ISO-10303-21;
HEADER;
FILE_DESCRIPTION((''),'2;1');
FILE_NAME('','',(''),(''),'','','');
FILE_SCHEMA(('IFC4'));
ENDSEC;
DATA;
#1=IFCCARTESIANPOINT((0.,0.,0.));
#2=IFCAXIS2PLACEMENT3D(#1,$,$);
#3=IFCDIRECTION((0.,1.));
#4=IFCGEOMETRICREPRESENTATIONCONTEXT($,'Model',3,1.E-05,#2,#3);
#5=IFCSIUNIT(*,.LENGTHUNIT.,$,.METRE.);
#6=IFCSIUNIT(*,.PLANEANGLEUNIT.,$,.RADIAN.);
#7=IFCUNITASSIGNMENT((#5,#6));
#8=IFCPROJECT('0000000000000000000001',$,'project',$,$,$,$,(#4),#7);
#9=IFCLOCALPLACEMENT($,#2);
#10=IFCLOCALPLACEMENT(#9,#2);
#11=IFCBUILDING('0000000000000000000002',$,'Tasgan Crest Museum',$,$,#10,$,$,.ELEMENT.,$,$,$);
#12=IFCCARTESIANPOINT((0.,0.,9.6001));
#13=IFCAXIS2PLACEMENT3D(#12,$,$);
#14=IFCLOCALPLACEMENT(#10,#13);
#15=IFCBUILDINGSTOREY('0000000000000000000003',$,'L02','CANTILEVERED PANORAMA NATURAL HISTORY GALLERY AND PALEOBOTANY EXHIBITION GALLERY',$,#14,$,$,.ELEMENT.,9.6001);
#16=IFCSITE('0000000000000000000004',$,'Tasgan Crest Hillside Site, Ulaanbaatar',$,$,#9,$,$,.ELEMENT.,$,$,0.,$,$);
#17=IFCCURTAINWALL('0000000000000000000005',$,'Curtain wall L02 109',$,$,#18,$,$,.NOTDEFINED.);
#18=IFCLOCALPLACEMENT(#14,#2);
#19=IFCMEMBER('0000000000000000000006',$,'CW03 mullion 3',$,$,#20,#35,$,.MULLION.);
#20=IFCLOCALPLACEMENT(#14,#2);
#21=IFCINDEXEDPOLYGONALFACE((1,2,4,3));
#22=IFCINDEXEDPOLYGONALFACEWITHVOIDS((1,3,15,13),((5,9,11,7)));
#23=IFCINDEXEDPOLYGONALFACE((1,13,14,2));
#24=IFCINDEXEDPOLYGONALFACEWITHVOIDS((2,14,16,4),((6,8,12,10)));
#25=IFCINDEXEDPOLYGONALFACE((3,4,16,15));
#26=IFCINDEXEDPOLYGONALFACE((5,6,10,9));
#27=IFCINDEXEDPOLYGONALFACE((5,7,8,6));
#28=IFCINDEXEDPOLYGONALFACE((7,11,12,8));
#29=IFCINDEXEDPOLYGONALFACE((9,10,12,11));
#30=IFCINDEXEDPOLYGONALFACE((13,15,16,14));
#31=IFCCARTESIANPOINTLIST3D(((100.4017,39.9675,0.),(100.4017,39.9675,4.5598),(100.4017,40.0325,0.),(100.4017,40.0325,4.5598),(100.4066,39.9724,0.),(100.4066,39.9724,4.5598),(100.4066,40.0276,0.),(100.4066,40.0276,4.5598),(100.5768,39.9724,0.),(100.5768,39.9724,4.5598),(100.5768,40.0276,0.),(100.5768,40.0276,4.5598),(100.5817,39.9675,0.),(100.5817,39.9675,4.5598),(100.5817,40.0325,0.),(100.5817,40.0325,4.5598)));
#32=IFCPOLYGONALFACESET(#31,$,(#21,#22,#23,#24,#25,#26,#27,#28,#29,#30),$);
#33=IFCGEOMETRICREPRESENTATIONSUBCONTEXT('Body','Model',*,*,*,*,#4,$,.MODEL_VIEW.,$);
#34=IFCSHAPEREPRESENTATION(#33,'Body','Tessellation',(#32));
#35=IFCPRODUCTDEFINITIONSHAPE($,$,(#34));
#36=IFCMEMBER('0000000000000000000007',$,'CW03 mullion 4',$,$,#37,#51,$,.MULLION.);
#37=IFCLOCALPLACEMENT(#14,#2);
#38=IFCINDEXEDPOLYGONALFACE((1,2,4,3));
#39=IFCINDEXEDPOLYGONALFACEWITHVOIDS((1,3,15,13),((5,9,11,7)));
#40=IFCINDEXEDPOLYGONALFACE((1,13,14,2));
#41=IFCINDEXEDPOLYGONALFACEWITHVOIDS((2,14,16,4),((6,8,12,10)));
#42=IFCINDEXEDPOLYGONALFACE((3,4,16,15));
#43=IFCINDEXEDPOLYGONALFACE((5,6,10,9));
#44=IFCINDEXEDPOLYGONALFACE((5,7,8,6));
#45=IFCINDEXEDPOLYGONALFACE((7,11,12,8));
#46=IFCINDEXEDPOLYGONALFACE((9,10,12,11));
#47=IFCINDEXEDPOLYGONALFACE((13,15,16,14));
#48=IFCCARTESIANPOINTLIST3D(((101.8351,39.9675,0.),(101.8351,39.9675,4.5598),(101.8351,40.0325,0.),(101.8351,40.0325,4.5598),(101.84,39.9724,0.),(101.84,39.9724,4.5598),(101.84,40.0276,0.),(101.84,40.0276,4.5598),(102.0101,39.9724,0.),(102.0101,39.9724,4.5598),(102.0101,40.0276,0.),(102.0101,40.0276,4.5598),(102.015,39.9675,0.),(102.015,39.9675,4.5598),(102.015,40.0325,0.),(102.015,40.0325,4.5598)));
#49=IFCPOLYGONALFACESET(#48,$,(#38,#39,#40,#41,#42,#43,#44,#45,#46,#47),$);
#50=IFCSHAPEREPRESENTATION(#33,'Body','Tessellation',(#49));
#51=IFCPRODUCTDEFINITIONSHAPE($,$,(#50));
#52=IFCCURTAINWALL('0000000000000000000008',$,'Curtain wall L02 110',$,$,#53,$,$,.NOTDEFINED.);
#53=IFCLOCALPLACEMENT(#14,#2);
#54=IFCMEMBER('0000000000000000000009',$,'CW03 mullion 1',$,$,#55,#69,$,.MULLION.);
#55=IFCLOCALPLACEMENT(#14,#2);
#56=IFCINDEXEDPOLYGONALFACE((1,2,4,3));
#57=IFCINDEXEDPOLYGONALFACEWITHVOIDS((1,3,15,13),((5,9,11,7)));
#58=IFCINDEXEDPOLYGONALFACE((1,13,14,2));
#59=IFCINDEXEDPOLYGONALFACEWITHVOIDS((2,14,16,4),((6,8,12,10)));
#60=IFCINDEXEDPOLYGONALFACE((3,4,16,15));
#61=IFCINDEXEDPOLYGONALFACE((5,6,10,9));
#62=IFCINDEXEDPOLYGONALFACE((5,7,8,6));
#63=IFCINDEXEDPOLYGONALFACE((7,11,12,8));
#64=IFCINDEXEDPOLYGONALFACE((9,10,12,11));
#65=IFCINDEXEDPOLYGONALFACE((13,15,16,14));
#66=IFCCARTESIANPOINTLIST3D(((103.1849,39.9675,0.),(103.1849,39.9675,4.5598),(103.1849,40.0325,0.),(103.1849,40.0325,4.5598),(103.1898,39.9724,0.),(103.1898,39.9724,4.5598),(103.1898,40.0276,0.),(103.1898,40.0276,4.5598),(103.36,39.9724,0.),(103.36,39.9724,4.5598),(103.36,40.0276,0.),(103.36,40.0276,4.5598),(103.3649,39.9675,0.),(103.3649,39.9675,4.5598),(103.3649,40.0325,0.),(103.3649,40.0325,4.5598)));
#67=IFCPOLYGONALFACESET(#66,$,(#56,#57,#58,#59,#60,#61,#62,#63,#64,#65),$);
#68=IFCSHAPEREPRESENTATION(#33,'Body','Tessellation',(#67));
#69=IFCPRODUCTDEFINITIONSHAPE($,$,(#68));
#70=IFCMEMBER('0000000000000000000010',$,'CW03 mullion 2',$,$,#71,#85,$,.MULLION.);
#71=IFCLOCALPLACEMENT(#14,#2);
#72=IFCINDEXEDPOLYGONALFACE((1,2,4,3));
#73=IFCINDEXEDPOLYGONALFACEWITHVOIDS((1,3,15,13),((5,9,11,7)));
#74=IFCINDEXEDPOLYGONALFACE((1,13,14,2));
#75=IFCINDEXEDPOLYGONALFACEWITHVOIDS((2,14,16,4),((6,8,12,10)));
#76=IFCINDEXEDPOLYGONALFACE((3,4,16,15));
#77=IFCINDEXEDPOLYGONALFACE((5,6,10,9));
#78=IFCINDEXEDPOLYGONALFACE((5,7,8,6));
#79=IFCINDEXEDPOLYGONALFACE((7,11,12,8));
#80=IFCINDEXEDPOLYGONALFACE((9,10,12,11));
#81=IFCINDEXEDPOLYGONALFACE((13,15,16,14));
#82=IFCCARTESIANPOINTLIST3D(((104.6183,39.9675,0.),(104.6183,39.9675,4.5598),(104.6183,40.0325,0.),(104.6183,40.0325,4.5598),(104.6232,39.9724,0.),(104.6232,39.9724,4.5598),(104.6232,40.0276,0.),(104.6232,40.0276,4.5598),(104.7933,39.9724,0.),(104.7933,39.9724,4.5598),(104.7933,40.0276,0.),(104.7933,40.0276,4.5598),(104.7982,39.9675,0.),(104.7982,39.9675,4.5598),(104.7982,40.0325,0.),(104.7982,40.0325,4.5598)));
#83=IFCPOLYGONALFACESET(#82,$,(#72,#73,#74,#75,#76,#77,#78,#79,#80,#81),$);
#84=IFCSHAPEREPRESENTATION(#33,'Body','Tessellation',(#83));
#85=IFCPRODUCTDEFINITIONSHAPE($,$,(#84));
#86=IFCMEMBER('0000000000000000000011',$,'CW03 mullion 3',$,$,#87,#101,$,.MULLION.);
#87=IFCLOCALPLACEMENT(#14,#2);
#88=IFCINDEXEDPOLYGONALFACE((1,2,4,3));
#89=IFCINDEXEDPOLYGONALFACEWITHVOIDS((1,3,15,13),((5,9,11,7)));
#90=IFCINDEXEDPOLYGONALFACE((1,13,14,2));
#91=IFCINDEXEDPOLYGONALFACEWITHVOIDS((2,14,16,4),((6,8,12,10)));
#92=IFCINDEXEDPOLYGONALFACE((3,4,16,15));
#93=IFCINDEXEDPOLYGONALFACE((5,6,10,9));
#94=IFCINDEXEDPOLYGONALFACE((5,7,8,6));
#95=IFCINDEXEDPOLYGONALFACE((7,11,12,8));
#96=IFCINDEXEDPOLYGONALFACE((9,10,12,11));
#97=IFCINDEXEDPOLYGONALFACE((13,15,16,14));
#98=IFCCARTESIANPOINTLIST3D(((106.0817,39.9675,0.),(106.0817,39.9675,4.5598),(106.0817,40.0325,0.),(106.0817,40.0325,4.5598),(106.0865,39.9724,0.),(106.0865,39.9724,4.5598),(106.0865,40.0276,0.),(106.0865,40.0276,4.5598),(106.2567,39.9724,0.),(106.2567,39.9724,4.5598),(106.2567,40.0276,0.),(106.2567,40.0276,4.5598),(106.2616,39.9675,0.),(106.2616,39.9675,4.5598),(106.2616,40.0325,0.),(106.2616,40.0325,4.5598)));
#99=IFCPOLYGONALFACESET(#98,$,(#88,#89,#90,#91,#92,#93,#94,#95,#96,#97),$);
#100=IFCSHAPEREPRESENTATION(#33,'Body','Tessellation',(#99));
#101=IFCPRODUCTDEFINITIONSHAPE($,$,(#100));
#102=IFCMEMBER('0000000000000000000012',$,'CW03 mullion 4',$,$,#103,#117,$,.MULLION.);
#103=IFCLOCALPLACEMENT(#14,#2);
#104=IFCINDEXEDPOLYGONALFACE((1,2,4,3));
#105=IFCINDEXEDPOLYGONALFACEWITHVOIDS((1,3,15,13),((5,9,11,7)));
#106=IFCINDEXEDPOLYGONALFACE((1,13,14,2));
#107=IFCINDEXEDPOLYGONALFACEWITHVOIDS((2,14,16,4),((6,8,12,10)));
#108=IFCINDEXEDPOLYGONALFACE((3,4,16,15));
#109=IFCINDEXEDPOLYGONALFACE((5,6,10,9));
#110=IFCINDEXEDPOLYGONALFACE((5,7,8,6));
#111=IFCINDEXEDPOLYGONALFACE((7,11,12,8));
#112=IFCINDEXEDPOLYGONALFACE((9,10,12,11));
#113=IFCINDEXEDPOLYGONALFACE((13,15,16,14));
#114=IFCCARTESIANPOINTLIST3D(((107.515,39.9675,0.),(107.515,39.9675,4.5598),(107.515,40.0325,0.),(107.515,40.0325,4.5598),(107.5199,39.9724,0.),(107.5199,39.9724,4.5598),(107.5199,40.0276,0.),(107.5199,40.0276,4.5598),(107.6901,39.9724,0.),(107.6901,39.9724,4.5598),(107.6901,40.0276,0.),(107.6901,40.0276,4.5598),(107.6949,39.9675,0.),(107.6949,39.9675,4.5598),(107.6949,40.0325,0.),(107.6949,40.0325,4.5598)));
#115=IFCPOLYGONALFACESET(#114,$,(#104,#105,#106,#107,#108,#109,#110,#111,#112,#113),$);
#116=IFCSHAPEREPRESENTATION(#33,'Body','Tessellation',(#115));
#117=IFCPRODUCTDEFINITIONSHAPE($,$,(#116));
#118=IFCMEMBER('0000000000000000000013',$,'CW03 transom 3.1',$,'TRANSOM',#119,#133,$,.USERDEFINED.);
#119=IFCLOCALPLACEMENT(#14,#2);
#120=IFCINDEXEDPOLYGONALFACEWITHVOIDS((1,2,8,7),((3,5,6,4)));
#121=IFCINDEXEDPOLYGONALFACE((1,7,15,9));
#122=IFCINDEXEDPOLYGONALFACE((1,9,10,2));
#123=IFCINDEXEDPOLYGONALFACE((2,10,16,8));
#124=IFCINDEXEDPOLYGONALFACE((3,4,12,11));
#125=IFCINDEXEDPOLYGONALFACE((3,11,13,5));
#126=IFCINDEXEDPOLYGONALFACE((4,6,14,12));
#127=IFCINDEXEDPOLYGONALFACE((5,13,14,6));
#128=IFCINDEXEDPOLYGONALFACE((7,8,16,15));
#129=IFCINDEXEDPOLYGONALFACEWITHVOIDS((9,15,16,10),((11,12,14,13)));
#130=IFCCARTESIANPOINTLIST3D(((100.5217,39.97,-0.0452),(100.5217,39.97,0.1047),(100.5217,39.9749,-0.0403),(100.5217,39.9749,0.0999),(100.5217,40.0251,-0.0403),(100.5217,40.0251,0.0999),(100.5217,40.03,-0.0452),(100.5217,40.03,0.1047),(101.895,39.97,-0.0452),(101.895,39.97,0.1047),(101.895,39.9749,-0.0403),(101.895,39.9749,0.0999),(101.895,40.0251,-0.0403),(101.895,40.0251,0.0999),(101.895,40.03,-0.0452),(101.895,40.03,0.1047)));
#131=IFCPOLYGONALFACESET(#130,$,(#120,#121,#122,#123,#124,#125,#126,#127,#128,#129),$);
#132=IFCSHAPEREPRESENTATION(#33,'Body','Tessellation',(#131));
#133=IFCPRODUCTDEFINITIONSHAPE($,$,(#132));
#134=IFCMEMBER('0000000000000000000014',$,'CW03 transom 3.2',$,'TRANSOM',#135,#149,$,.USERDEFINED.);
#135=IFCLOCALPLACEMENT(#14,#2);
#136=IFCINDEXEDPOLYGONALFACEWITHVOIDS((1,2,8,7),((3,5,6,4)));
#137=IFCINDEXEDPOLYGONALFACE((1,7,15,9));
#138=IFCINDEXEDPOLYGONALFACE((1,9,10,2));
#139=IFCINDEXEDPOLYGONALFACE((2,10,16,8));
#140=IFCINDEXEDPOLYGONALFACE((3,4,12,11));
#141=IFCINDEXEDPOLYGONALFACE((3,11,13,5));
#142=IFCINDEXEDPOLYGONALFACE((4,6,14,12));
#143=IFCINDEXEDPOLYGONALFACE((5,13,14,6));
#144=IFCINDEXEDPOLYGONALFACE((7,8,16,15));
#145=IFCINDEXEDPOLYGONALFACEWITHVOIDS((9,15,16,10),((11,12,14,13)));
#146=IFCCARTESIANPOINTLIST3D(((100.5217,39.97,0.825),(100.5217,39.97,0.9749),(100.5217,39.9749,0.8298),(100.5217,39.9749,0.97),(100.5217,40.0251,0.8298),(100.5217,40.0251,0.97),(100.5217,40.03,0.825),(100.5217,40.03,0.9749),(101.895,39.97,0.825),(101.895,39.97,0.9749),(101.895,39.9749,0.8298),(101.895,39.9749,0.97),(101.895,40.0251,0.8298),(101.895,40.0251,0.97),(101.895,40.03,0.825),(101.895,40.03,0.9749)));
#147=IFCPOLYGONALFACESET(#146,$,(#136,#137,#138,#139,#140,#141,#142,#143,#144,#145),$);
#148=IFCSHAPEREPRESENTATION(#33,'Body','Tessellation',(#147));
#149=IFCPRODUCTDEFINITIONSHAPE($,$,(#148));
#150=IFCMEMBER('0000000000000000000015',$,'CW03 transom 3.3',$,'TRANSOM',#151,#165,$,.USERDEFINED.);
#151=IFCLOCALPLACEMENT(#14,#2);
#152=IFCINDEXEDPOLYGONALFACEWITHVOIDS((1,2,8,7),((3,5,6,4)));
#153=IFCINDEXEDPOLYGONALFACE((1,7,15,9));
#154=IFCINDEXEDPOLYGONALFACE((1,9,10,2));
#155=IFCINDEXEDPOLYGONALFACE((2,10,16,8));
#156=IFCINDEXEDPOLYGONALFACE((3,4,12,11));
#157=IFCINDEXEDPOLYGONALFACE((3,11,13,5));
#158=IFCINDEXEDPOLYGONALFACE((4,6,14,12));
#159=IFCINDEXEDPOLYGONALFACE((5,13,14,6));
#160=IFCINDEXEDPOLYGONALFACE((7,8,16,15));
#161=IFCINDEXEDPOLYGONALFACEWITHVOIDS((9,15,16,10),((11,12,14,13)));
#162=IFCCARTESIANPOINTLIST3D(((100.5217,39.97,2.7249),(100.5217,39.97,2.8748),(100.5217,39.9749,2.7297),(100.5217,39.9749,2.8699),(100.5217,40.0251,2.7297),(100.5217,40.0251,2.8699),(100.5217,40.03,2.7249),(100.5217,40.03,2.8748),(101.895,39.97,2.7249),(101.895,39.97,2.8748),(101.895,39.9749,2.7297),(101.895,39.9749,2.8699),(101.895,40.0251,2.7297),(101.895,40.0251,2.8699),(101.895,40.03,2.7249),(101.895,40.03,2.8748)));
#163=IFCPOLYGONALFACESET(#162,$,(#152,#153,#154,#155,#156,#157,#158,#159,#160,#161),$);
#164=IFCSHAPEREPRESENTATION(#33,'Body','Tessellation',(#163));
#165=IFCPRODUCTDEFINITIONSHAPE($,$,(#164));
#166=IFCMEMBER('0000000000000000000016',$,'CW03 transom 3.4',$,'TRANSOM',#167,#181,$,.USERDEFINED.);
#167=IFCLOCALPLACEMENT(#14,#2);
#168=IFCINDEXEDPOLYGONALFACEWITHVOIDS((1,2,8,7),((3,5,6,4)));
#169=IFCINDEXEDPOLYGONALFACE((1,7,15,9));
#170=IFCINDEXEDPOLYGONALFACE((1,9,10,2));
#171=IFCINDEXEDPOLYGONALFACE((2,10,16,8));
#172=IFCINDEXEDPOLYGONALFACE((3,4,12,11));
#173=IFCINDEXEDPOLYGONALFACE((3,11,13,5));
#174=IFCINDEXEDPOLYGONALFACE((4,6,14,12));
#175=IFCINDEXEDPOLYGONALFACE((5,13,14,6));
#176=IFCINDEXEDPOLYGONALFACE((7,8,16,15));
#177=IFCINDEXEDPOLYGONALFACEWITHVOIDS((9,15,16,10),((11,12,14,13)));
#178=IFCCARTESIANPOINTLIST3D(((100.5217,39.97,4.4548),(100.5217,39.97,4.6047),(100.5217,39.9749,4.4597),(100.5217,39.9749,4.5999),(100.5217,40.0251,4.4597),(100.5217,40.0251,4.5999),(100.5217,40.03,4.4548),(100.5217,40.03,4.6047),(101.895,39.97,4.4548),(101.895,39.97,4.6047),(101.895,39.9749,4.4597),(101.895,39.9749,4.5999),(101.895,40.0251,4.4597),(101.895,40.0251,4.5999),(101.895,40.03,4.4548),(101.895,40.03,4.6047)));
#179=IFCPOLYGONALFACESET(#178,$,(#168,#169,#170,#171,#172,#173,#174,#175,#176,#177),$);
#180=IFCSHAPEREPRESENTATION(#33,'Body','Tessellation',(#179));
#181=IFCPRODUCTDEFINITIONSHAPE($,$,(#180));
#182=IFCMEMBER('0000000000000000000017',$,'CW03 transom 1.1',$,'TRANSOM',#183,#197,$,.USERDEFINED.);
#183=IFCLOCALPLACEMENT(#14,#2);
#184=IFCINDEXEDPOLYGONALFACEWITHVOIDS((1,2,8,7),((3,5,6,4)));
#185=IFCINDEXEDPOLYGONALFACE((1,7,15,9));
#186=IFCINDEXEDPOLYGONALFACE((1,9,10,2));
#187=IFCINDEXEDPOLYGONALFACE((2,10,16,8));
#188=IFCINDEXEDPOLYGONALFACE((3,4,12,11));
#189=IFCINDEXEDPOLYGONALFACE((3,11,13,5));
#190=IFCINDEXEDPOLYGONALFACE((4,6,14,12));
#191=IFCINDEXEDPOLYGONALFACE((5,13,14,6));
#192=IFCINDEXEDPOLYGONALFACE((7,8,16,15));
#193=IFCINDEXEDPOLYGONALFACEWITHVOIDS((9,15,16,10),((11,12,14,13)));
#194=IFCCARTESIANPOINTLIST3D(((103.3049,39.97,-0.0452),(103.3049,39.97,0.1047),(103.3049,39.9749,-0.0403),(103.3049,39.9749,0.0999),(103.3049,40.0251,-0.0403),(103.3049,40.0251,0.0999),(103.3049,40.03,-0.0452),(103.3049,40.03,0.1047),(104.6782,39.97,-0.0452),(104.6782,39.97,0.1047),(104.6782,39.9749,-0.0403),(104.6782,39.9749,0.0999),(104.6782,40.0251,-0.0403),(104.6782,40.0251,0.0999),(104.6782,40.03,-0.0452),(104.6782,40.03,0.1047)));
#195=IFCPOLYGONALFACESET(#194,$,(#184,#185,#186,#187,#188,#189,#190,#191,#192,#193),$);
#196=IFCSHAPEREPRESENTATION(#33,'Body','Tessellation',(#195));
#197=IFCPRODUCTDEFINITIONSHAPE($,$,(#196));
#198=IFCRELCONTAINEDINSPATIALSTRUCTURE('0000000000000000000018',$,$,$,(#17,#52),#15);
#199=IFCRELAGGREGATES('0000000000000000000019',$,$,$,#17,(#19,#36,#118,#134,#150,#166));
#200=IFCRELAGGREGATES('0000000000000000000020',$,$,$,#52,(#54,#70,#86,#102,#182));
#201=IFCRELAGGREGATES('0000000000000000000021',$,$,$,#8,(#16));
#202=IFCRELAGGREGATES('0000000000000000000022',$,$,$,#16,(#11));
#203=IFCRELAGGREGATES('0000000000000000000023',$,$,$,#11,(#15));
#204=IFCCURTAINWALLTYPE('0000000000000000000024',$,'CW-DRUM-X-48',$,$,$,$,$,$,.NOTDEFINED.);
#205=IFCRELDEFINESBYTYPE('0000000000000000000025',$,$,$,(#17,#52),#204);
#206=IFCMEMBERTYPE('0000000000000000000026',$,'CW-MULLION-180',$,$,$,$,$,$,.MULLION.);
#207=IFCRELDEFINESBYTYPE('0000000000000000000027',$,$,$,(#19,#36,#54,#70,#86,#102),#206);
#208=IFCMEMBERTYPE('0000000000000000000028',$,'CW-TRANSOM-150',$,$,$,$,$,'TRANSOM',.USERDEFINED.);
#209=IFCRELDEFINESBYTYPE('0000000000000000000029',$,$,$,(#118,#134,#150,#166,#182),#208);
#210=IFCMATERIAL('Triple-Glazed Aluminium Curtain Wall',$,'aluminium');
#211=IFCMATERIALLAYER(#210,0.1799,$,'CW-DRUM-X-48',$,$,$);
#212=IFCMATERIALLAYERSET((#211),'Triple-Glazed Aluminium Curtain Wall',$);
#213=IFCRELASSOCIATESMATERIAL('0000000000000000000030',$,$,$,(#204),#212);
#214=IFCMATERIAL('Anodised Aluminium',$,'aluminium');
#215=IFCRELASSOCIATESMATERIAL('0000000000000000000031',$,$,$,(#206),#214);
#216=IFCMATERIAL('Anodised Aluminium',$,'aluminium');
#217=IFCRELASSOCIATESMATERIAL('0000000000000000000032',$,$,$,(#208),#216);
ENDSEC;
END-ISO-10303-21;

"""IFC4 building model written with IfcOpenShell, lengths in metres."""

from ifc_helpers import new_model, si_unit, direction, frame, origin, origin_2d, place, context, subcontext, project, spatial, hollow_rectangle, extrude, material, layer, layer_set, material_profile, profile_set, type_object, element, aggregate, save


model = new_model("IFC4")

# Units and contexts
model_context = context("Model", 3, precision=1e-05, world=origin(), true_north=direction((0.0, 1.0)))
body_context = subcontext(model_context, "Body", "Model", "MODEL_VIEW")
ifc_project = project(units=[si_unit("LENGTHUNIT", "METRE"), si_unit("PLANEANGLEUNIT", "RADIAN")], contexts=[model_context])

# Site, building, storey
site_placement = place(None, origin())
site = spatial("IfcSite", under=ifc_project, at=site_placement, Name="Tasgan Crest Hillside Site, Ulaanbaatar", CompositionType="ELEMENT", RefElevation=0.0)
building_placement = place(site_placement, origin())
building = spatial("IfcBuilding", under=site, at=building_placement, Name="Tasgan Crest Museum", CompositionType="ELEMENT")
storey_placement = place(building_placement, frame((0.0, 0.0, 9.6001)))
storey = spatial("IfcBuildingStorey", under=building, at=storey_placement, Name="L02", Description="CANTILEVERED PANORAMA NATURAL HISTORY GALLERY AND PALEOBOTANY EXHIBITION GALLERY", CompositionType="ELEMENT", Elevation=9.6001)

# Curtain walls, members
ifc_material_1 = material(Name="Triple-Glazed Aluminium Curtain Wall", Category="aluminium")
ifc_layer_1 = layer(ifc_material_1, 0.1799, Name="CW-DRUM-X-48")
ifc_layer_set_1 = layer_set([ifc_layer_1], Name="Triple-Glazed Aluminium Curtain Wall")
curtain_wall_type = type_object("IfcCurtainWallType", Name="CW-DRUM-X-48", PredefinedType="NOTDEFINED", material=ifc_layer_set_1)
curtain_wall_1_placement = place(storey_placement, origin())
curtain_wall_1 = element("IfcCurtainWall", 1, at=curtain_wall_1_placement, inside=storey, type_object=curtain_wall_type, Name="Curtain wall L02 109", PredefinedType="NOTDEFINED")
ifc_material_2 = material(Name="Anodised Aluminium", Category="aluminium")
ifc_material_profile_1 = material_profile(ifc_material_2, hollow_rectangle(XDim=0.0649, YDim=0.1799, WallThickness=0.0049, at=origin_2d()), Name="ALU MULLION 180x65x5")
ifc_profile_set_1 = profile_set([ifc_material_profile_1], Name="Anodised Aluminium")
member_type_1 = type_object("IfcMemberType", Name="CW-MULLION-180", PredefinedType="MULLION", material=ifc_profile_set_1)
member_1_placement = place(storey_placement, frame((100.4917, 40.0, 0.0), z_axis=(0.0, 0.0, 1.0), x_axis=(0.0, 1.0, 0.0)))
member_1 = element("IfcMember", 2, at=member_1_placement, type_object=member_type_1, Name="CW03 mullion 3", PredefinedType="MULLION", context=body_context, shape_type="SweptSolid", body=[
    extrude(hollow_rectangle(XDim=0.0649, YDim=0.1799, WallThickness=0.0049, at=origin_2d()), origin(), (0.0, 0.0, 1.0), 4.5598),
])
member_2_placement = place(storey_placement, frame((101.925, 40.0, 0.0), z_axis=(0.0, 0.0, 1.0), x_axis=(0.0, 1.0, 0.0)))
member_2 = element("IfcMember", 3, at=member_2_placement, type_object=member_type_1, Name="CW03 mullion 4", PredefinedType="MULLION", context=body_context, shape_type="SweptSolid", body=[
    extrude(hollow_rectangle(XDim=0.0649, YDim=0.1799, WallThickness=0.0049, at=origin_2d()), origin(), (0.0, 0.0, 1.0), 4.5598),
])
curtain_wall_2_placement = place(storey_placement, origin())
curtain_wall_2 = element("IfcCurtainWall", 4, at=curtain_wall_2_placement, inside=storey, type_object=curtain_wall_type, Name="Curtain wall L02 110", PredefinedType="NOTDEFINED")
member_3_placement = place(storey_placement, frame((103.2749, 40.0, 0.0), z_axis=(0.0, 0.0, 1.0), x_axis=(0.0, 1.0, 0.0)))
member_3 = element("IfcMember", 5, at=member_3_placement, type_object=member_type_1, Name="CW03 mullion 1", PredefinedType="MULLION", context=body_context, shape_type="SweptSolid", body=[
    extrude(hollow_rectangle(XDim=0.0649, YDim=0.1799, WallThickness=0.0049, at=origin_2d()), origin(), (0.0, 0.0, 1.0), 4.5598),
])
member_4_placement = place(storey_placement, frame((104.7083, 40.0, 0.0), z_axis=(0.0, 0.0, 1.0), x_axis=(0.0, 1.0, 0.0)))
member_4 = element("IfcMember", 6, at=member_4_placement, type_object=member_type_1, Name="CW03 mullion 2", PredefinedType="MULLION", context=body_context, shape_type="SweptSolid", body=[
    extrude(hollow_rectangle(XDim=0.0649, YDim=0.1799, WallThickness=0.0049, at=origin_2d()), origin(), (0.0, 0.0, 1.0), 4.5598),
])
member_5_placement = place(storey_placement, frame((106.1716, 40.0, 0.0), z_axis=(0.0, 0.0, 1.0), x_axis=(0.0, 1.0, 0.0)))
member_5 = element("IfcMember", 7, at=member_5_placement, type_object=member_type_1, Name="CW03 mullion 3", PredefinedType="MULLION", context=body_context, shape_type="SweptSolid", body=[
    extrude(hollow_rectangle(XDim=0.0649, YDim=0.1799, WallThickness=0.0049, at=origin_2d()), origin(), (0.0, 0.0, 1.0), 4.5598),
])
member_6_placement = place(storey_placement, frame((107.605, 40.0, 0.0), z_axis=(0.0, 0.0, 1.0), x_axis=(0.0, 1.0, 0.0)))
member_6 = element("IfcMember", 8, at=member_6_placement, type_object=member_type_1, Name="CW03 mullion 4", PredefinedType="MULLION", context=body_context, shape_type="SweptSolid", body=[
    extrude(hollow_rectangle(XDim=0.0649, YDim=0.1799, WallThickness=0.0049, at=origin_2d()), origin(), (0.0, 0.0, 1.0), 4.5598),
])

# Members
ifc_material_3 = material(Name="Anodised Aluminium", Category="aluminium")
ifc_material_profile_2 = material_profile(ifc_material_3, hollow_rectangle(XDim=0.0601, YDim=0.1499, WallThickness=0.0049, at=origin_2d()), Name="ALU TRANSOM 150x60x5")
ifc_profile_set_2 = profile_set([ifc_material_profile_2], Name="Anodised Aluminium")
member_type_2 = type_object("IfcMemberType", Name="CW-TRANSOM-150", ElementType="TRANSOM", PredefinedType="USERDEFINED", material=ifc_profile_set_2)
member_7_placement = place(storey_placement, frame((100.5217, 40.0, 0.0298), z_axis=(1.0, 0.0, 0.0), x_axis=(0.0, 1.0, 0.0)))
member_7 = element("IfcMember", 9, at=member_7_placement, type_object=member_type_2, Name="CW03 transom 3.1", ObjectType="TRANSOM", PredefinedType="USERDEFINED", context=body_context, shape_type="SweptSolid", body=[
    extrude(hollow_rectangle(XDim=0.0601, YDim=0.1499, WallThickness=0.0049, at=origin_2d()), origin(), (0.0, 0.0, 1.0), 1.3733),
])
member_8_placement = place(storey_placement, frame((100.5217, 40.0, 0.8999), z_axis=(1.0, 0.0, 0.0), x_axis=(0.0, 1.0, 0.0)))
member_8 = element("IfcMember", 10, at=member_8_placement, type_object=member_type_2, Name="CW03 transom 3.2", ObjectType="TRANSOM", PredefinedType="USERDEFINED", context=body_context, shape_type="SweptSolid", body=[
    extrude(hollow_rectangle(XDim=0.0601, YDim=0.1499, WallThickness=0.0049, at=origin_2d()), origin(), (0.0, 0.0, 1.0), 1.3733),
])
member_9_placement = place(storey_placement, frame((100.5217, 40.0, 2.7998), z_axis=(1.0, 0.0, 0.0), x_axis=(0.0, 1.0, 0.0)))
member_9 = element("IfcMember", 11, at=member_9_placement, type_object=member_type_2, Name="CW03 transom 3.3", ObjectType="TRANSOM", PredefinedType="USERDEFINED", context=body_context, shape_type="SweptSolid", body=[
    extrude(hollow_rectangle(XDim=0.0601, YDim=0.1499, WallThickness=0.0049, at=origin_2d()), origin(), (0.0, 0.0, 1.0), 1.3733),
])
member_10_placement = place(storey_placement, frame((100.5217, 40.0, 4.5298), z_axis=(1.0, 0.0, 0.0), x_axis=(0.0, 1.0, 0.0)))
member_10 = element("IfcMember", 12, at=member_10_placement, type_object=member_type_2, Name="CW03 transom 3.4", ObjectType="TRANSOM", PredefinedType="USERDEFINED", context=body_context, shape_type="SweptSolid", body=[
    extrude(hollow_rectangle(XDim=0.0601, YDim=0.1499, WallThickness=0.0049, at=origin_2d()), origin(), (0.0, 0.0, 1.0), 1.3733),
])
member_11_placement = place(storey_placement, frame((103.3049, 40.0, 0.0298), z_axis=(1.0, 0.0, 0.0), x_axis=(0.0, 1.0, 0.0)))
member_11 = element("IfcMember", 13, at=member_11_placement, type_object=member_type_2, Name="CW03 transom 1.1", ObjectType="TRANSOM", PredefinedType="USERDEFINED", context=body_context, shape_type="SweptSolid", body=[
    extrude(hollow_rectangle(XDim=0.0601, YDim=0.1499, WallThickness=0.0049, at=origin_2d()), origin(), (0.0, 0.0, 1.0), 1.3733),
])

aggregate(curtain_wall_1, [member_1, member_2, member_7, member_8, member_9, member_10])
aggregate(curtain_wall_2, [member_3, member_4, member_5, member_6, member_11])

save(model, "model.ifc")
